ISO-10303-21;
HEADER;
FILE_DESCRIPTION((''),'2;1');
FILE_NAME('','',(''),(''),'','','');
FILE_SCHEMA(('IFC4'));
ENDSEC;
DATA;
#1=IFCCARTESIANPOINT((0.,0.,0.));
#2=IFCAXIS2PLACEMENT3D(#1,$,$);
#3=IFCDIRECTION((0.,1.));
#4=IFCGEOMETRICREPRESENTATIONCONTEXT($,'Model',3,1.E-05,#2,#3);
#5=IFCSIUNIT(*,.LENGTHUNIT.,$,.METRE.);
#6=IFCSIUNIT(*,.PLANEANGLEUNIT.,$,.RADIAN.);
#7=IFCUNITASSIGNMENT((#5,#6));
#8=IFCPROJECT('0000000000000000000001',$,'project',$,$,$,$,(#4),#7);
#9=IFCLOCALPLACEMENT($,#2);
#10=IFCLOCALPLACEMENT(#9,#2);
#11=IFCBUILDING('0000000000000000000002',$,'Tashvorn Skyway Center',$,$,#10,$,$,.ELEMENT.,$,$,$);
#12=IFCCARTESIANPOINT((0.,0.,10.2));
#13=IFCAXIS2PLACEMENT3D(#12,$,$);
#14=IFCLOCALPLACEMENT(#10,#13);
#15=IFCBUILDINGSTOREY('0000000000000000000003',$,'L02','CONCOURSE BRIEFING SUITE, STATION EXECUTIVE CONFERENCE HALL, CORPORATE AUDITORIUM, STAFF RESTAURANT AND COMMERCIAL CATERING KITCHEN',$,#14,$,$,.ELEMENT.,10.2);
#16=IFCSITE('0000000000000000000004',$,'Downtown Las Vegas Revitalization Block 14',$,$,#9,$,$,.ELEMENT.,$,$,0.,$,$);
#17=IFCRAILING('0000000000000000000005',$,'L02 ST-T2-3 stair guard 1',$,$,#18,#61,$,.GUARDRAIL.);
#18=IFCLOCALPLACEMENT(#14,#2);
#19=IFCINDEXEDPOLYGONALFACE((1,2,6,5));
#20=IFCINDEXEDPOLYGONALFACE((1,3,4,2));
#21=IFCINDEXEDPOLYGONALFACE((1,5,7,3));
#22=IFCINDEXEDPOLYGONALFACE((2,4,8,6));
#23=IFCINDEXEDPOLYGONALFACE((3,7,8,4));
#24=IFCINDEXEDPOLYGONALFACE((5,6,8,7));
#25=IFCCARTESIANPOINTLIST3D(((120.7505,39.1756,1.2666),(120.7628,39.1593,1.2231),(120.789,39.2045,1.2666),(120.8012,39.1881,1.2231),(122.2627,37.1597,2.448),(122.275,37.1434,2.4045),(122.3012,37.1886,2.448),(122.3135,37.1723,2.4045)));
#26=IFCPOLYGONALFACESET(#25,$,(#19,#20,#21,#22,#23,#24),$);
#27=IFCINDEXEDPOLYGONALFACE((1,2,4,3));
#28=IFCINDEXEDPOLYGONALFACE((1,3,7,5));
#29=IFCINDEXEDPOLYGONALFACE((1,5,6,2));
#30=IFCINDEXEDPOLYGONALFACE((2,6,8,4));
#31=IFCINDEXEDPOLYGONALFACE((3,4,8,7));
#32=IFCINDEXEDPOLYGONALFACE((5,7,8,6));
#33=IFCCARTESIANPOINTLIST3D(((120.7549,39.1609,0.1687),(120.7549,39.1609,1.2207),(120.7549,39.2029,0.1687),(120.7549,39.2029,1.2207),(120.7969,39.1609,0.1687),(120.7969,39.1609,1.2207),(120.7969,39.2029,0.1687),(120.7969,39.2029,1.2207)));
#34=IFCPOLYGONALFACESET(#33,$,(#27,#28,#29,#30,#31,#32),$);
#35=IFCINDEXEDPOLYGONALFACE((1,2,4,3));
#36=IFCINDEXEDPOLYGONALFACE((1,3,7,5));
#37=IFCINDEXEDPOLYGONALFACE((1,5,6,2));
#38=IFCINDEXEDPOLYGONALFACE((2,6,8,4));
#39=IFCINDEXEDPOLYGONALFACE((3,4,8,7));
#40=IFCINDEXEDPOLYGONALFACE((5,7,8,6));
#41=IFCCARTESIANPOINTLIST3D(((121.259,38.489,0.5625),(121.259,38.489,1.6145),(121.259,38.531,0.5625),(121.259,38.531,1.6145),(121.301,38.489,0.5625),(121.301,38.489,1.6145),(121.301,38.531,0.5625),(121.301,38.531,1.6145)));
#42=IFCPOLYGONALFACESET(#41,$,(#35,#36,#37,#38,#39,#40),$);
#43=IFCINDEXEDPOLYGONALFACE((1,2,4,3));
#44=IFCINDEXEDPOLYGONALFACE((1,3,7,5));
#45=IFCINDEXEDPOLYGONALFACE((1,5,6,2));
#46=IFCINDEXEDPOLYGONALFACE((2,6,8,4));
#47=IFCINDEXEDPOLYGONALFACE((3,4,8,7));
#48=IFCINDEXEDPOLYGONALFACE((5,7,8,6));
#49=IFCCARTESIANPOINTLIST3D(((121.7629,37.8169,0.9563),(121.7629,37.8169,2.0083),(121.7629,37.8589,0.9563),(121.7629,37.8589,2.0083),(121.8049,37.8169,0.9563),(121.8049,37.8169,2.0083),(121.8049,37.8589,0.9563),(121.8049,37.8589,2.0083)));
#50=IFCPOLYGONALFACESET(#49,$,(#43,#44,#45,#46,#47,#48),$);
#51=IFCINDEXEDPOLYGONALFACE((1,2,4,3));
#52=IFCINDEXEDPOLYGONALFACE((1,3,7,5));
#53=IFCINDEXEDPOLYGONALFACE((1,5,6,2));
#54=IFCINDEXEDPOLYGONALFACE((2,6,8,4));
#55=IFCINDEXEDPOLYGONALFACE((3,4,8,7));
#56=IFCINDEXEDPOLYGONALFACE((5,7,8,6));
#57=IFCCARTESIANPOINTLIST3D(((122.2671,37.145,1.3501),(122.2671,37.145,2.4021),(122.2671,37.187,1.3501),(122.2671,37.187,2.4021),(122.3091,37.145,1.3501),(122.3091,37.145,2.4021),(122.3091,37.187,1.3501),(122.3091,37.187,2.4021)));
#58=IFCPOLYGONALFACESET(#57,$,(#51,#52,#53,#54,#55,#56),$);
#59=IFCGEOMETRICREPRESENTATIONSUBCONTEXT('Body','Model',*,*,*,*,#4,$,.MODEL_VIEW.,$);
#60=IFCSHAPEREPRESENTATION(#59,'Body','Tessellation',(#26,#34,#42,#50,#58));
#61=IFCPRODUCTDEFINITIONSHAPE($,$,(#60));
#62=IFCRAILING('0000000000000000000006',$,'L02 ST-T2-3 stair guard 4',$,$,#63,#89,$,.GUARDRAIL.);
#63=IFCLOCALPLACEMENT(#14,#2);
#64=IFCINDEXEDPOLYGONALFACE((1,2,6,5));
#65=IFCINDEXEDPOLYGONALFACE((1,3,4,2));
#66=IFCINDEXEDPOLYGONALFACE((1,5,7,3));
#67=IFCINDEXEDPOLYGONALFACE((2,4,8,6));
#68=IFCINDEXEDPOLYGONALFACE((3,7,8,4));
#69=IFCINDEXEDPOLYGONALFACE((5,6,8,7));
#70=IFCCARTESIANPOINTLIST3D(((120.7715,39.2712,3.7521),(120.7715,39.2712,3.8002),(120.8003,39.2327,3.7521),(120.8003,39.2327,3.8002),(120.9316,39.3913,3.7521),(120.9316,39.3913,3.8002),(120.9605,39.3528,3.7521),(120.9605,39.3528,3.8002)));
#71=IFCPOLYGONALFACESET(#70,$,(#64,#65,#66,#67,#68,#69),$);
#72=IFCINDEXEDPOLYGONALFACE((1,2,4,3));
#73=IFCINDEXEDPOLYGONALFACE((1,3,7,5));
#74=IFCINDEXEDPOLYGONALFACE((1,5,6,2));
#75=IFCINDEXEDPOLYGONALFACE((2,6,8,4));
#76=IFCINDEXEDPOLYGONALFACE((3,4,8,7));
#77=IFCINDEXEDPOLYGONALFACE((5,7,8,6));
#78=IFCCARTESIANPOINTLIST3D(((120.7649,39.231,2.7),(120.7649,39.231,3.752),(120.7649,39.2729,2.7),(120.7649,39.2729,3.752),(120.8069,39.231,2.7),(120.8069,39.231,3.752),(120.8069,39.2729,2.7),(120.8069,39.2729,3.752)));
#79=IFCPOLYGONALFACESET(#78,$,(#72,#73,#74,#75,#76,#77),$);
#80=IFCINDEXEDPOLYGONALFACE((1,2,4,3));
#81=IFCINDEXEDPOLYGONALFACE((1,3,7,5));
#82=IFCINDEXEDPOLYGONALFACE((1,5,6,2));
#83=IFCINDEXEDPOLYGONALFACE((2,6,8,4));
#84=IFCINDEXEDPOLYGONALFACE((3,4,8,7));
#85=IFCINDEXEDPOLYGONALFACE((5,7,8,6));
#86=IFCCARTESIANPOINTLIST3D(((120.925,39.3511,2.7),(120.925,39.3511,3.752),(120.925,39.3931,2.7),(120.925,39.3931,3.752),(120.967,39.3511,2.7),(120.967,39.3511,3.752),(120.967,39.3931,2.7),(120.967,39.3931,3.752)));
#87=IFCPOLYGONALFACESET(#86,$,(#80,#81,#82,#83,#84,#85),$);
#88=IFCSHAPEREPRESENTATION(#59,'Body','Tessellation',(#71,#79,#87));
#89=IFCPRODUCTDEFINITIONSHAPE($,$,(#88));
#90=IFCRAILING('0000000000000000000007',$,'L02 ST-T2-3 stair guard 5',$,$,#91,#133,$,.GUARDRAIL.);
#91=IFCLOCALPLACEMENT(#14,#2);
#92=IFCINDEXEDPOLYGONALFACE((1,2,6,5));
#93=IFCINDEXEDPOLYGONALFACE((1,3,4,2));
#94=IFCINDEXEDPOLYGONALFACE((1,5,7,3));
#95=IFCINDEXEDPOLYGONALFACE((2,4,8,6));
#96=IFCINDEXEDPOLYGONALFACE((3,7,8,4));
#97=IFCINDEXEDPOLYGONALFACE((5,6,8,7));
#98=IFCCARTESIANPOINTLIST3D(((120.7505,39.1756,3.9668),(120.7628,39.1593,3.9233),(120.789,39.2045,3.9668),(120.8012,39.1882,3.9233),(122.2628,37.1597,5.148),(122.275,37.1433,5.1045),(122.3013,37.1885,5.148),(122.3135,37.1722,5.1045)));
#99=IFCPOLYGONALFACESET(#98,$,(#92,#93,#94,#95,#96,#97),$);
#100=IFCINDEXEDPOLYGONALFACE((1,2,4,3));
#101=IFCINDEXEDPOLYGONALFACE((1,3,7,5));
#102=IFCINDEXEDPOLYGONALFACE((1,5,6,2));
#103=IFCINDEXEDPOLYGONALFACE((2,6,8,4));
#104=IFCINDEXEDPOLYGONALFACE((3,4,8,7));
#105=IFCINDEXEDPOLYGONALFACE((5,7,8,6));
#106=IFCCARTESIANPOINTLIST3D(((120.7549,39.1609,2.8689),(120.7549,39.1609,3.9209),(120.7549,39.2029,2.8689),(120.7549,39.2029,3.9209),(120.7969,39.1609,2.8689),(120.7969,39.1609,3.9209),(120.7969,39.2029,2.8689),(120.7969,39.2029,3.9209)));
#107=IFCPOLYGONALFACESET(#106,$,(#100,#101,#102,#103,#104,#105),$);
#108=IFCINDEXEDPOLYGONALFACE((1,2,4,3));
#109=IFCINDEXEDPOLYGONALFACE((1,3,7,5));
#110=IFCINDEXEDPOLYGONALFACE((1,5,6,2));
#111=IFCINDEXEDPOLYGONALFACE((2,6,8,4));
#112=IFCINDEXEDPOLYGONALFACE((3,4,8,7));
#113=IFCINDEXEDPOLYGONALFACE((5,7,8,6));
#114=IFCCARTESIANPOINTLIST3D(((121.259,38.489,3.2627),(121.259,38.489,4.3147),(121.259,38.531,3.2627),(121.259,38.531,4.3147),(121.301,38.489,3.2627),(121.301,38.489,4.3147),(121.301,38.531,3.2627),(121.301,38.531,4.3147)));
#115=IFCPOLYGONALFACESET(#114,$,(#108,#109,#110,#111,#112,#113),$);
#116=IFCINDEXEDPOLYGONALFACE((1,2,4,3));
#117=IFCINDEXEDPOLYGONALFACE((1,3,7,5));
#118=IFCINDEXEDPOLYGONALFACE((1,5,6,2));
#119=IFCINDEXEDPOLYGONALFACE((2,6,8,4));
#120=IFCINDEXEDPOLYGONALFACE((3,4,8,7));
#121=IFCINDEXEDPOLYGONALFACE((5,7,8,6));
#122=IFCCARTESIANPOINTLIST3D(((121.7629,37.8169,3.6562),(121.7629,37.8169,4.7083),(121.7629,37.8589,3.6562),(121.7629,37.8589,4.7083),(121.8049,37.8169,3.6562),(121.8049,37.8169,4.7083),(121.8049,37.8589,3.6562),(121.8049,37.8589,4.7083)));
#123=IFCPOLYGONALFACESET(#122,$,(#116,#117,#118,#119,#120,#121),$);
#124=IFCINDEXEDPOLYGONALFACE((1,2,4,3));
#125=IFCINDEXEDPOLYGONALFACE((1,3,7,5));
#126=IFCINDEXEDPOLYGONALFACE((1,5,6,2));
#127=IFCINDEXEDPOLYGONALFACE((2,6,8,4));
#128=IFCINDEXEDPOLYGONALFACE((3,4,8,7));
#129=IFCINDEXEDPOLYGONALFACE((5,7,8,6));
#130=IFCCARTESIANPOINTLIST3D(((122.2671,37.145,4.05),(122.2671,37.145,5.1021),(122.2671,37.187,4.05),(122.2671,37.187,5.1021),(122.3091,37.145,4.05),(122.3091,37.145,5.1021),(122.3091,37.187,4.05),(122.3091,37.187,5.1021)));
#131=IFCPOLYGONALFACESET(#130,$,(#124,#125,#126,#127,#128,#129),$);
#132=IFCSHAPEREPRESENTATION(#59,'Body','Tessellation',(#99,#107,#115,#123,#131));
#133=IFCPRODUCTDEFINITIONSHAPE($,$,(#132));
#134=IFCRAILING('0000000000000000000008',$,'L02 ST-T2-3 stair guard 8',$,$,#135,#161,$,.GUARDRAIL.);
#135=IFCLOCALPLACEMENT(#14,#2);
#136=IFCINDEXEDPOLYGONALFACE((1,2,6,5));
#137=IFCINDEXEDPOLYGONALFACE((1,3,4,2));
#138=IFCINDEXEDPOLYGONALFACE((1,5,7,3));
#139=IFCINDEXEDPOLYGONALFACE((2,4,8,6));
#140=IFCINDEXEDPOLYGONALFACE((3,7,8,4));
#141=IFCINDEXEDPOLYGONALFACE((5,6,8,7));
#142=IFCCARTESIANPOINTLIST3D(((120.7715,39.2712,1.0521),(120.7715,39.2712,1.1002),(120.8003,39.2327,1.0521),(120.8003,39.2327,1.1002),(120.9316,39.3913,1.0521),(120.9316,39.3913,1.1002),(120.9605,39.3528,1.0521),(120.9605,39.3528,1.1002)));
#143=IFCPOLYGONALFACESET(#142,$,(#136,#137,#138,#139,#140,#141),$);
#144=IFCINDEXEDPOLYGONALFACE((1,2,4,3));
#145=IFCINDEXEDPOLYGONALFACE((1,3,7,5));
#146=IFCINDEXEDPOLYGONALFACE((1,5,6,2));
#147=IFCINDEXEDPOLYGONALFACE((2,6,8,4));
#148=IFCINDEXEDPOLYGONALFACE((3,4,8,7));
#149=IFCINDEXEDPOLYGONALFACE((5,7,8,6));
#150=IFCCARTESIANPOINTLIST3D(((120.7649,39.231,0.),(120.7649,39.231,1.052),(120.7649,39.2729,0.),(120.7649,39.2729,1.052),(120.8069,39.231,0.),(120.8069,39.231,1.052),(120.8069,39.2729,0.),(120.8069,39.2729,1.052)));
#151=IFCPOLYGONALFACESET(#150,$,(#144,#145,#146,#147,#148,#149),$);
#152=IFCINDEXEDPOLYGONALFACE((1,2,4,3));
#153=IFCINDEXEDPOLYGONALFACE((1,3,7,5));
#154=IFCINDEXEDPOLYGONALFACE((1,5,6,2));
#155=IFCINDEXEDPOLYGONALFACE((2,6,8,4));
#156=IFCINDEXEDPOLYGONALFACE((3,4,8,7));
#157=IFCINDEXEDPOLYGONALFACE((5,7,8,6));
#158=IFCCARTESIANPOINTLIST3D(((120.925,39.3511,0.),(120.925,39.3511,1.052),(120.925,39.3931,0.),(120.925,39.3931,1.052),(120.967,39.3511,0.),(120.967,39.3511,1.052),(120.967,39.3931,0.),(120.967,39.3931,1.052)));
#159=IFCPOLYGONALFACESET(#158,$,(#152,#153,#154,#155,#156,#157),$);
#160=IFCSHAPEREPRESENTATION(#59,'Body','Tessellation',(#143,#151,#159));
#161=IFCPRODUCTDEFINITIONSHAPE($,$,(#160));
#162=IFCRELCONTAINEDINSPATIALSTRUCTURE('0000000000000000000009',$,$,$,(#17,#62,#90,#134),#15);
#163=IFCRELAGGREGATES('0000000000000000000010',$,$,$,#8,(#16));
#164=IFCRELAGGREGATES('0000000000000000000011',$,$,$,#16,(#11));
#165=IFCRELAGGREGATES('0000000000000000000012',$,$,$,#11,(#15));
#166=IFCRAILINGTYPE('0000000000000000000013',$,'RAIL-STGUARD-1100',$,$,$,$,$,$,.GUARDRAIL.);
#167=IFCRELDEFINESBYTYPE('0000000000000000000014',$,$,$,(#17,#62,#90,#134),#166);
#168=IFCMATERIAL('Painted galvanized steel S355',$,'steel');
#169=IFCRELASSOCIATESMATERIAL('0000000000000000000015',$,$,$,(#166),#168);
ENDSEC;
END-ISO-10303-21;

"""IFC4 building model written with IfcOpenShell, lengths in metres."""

from ifc_helpers import new_model, si_unit, direction, frame, origin, origin_2d, place, context, subcontext, project, spatial, rectangle, extrude, material, type_object, element, save


model = new_model("IFC4")

# Units and contexts
model_context = context("Model", 3, precision=1e-05, world=origin(), true_north=direction((0.0, 1.0)))
body_context = subcontext(model_context, "Body", "Model", "MODEL_VIEW")
ifc_project = project(units=[si_unit("LENGTHUNIT", "METRE"), si_unit("PLANEANGLEUNIT", "RADIAN")], contexts=[model_context])

# Site, building, storey
site_placement = place(None, origin())
site = spatial("IfcSite", under=ifc_project, at=site_placement, Name="Downtown Las Vegas Revitalization Block 14", CompositionType="ELEMENT", RefElevation=0.0)
building_placement = place(site_placement, origin())
building = spatial("IfcBuilding", under=site, at=building_placement, Name="Tashvorn Skyway Center", CompositionType="ELEMENT")
storey_placement = place(building_placement, frame((0.0, 0.0, 10.2)))
storey = spatial("IfcBuildingStorey", under=building, at=storey_placement, Name="L02", Description="CONCOURSE BRIEFING SUITE, STATION EXECUTIVE CONFERENCE HALL, CORPORATE AUDITORIUM, STAFF RESTAURANT AND COMMERCIAL CATERING KITCHEN", CompositionType="ELEMENT", Elevation=10.2)

# Railings
ifc_material_1 = material(Name="Painted galvanized steel S355", Category="steel")
railing_type_1 = type_object("IfcRailingType", Name="RAIL-STGUARD-1100", PredefinedType="GUARDRAIL", material=ifc_material_1)
railing_1_placement = place(storey_placement, frame((120.7759, 39.1819, 0.1687)))
element("IfcRailing", 1, at=railing_1_placement, inside=storey, type_object=railing_type_1, Name="L02 ST-T2-3 stair guard 1", PredefinedType="GUARDRAIL", context=body_context, shape_type="SweptSolid", body=[
    extrude(rectangle(XDim=0.0481, YDim=0.0481, at=origin_2d()), frame((0.0, 0.0, 1.0762), z_axis=(0.543334, -0.724299, 0.424474), x_axis=(0.799942, 0.600078, 0.0)), (0.0, 0.0, 1.0), 2.7832),
    extrude(rectangle(XDim=0.042, YDim=0.042, at=origin_2d()), origin(), (0.0, 0.0, 1.0), 1.052),
    extrude(rectangle(XDim=0.042, YDim=0.042, at=origin_2d()), frame((0.5042, -0.6719, 0.3938)), (0.0, 0.0, 1.0), 1.052),
    extrude(rectangle(XDim=0.042, YDim=0.042, at=origin_2d()), frame((1.0081, -1.344, 0.7876)), (0.0, 0.0, 1.0), 1.052),
    extrude(rectangle(XDim=0.042, YDim=0.042, at=origin_2d()), frame((1.5122, -2.0159, 1.1814)), (0.0, 0.0, 1.0), 1.052),
])
railing_2_placement = place(storey_placement, frame((120.7859, 39.252, 2.7)))
element("IfcRailing", 2, at=railing_2_placement, inside=storey, type_object=railing_type_1, Name="L02 ST-T2-3 stair guard 4", PredefinedType="GUARDRAIL", context=body_context, shape_type="SweptSolid", body=[
    extrude(rectangle(XDim=0.0481, YDim=0.0481, at=origin_2d()), frame((0.0, 0.0, 1.0762), z_axis=(0.8, 0.6, 0.0), x_axis=(-0.6, 0.8, 0.0)), (0.0, 0.0, 1.0), 0.2002),
    extrude(rectangle(XDim=0.042, YDim=0.042, at=origin_2d()), origin(), (0.0, 0.0, 1.0), 1.052),
    extrude(rectangle(XDim=0.042, YDim=0.042, at=origin_2d()), frame((0.1602, 0.1201, 0.0)), (0.0, 0.0, 1.0), 1.052),
])
railing_3_placement = place(storey_placement, frame((120.7759, 39.1819, 2.8689)))
element("IfcRailing", 3, at=railing_3_placement, inside=storey, type_object=railing_type_1, Name="L02 ST-T2-3 stair guard 5", PredefinedType="GUARDRAIL", context=body_context, shape_type="SweptSolid", body=[
    extrude(rectangle(XDim=0.0481, YDim=0.0481, at=origin_2d()), frame((0.0, 0.0, 1.0762), z_axis=(0.543354, -0.724326, 0.424402), x_axis=(0.799942, 0.600078, 0.0)), (0.0, 0.0, 1.0), 2.7832),
    extrude(rectangle(XDim=0.042, YDim=0.042, at=origin_2d()), origin(), (0.0, 0.0, 1.0), 1.052),
    extrude(rectangle(XDim=0.042, YDim=0.042, at=origin_2d()), frame((0.5042, -0.6719, 0.3938)), (0.0, 0.0, 1.0), 1.052),
    extrude(rectangle(XDim=0.042, YDim=0.042, at=origin_2d()), frame((1.0081, -1.344, 0.7874)), (0.0, 0.0, 1.0), 1.052),
    extrude(rectangle(XDim=0.042, YDim=0.042, at=origin_2d()), frame((1.5122, -2.0159, 1.1812)), (0.0, 0.0, 1.0), 1.052),
])
railing_4_placement = place(storey_placement, frame((120.7859, 39.252, 0.0)))
element("IfcRailing", 4, at=railing_4_placement, inside=storey, type_object=railing_type_1, Name="L02 ST-T2-3 stair guard 8", PredefinedType="GUARDRAIL", context=body_context, shape_type="SweptSolid", body=[
    extrude(rectangle(XDim=0.0481, YDim=0.0481, at=origin_2d()), frame((0.0, 0.0, 1.0762), z_axis=(0.8, 0.6, 0.0), x_axis=(-0.6, 0.8, 0.0)), (0.0, 0.0, 1.0), 0.2002),
    extrude(rectangle(XDim=0.042, YDim=0.042, at=origin_2d()), origin(), (0.0, 0.0, 1.0), 1.052),
    extrude(rectangle(XDim=0.042, YDim=0.042, at=origin_2d()), frame((0.1602, 0.1201, 0.0)), (0.0, 0.0, 1.0), 1.052),
])

save(model, "model.ifc")
